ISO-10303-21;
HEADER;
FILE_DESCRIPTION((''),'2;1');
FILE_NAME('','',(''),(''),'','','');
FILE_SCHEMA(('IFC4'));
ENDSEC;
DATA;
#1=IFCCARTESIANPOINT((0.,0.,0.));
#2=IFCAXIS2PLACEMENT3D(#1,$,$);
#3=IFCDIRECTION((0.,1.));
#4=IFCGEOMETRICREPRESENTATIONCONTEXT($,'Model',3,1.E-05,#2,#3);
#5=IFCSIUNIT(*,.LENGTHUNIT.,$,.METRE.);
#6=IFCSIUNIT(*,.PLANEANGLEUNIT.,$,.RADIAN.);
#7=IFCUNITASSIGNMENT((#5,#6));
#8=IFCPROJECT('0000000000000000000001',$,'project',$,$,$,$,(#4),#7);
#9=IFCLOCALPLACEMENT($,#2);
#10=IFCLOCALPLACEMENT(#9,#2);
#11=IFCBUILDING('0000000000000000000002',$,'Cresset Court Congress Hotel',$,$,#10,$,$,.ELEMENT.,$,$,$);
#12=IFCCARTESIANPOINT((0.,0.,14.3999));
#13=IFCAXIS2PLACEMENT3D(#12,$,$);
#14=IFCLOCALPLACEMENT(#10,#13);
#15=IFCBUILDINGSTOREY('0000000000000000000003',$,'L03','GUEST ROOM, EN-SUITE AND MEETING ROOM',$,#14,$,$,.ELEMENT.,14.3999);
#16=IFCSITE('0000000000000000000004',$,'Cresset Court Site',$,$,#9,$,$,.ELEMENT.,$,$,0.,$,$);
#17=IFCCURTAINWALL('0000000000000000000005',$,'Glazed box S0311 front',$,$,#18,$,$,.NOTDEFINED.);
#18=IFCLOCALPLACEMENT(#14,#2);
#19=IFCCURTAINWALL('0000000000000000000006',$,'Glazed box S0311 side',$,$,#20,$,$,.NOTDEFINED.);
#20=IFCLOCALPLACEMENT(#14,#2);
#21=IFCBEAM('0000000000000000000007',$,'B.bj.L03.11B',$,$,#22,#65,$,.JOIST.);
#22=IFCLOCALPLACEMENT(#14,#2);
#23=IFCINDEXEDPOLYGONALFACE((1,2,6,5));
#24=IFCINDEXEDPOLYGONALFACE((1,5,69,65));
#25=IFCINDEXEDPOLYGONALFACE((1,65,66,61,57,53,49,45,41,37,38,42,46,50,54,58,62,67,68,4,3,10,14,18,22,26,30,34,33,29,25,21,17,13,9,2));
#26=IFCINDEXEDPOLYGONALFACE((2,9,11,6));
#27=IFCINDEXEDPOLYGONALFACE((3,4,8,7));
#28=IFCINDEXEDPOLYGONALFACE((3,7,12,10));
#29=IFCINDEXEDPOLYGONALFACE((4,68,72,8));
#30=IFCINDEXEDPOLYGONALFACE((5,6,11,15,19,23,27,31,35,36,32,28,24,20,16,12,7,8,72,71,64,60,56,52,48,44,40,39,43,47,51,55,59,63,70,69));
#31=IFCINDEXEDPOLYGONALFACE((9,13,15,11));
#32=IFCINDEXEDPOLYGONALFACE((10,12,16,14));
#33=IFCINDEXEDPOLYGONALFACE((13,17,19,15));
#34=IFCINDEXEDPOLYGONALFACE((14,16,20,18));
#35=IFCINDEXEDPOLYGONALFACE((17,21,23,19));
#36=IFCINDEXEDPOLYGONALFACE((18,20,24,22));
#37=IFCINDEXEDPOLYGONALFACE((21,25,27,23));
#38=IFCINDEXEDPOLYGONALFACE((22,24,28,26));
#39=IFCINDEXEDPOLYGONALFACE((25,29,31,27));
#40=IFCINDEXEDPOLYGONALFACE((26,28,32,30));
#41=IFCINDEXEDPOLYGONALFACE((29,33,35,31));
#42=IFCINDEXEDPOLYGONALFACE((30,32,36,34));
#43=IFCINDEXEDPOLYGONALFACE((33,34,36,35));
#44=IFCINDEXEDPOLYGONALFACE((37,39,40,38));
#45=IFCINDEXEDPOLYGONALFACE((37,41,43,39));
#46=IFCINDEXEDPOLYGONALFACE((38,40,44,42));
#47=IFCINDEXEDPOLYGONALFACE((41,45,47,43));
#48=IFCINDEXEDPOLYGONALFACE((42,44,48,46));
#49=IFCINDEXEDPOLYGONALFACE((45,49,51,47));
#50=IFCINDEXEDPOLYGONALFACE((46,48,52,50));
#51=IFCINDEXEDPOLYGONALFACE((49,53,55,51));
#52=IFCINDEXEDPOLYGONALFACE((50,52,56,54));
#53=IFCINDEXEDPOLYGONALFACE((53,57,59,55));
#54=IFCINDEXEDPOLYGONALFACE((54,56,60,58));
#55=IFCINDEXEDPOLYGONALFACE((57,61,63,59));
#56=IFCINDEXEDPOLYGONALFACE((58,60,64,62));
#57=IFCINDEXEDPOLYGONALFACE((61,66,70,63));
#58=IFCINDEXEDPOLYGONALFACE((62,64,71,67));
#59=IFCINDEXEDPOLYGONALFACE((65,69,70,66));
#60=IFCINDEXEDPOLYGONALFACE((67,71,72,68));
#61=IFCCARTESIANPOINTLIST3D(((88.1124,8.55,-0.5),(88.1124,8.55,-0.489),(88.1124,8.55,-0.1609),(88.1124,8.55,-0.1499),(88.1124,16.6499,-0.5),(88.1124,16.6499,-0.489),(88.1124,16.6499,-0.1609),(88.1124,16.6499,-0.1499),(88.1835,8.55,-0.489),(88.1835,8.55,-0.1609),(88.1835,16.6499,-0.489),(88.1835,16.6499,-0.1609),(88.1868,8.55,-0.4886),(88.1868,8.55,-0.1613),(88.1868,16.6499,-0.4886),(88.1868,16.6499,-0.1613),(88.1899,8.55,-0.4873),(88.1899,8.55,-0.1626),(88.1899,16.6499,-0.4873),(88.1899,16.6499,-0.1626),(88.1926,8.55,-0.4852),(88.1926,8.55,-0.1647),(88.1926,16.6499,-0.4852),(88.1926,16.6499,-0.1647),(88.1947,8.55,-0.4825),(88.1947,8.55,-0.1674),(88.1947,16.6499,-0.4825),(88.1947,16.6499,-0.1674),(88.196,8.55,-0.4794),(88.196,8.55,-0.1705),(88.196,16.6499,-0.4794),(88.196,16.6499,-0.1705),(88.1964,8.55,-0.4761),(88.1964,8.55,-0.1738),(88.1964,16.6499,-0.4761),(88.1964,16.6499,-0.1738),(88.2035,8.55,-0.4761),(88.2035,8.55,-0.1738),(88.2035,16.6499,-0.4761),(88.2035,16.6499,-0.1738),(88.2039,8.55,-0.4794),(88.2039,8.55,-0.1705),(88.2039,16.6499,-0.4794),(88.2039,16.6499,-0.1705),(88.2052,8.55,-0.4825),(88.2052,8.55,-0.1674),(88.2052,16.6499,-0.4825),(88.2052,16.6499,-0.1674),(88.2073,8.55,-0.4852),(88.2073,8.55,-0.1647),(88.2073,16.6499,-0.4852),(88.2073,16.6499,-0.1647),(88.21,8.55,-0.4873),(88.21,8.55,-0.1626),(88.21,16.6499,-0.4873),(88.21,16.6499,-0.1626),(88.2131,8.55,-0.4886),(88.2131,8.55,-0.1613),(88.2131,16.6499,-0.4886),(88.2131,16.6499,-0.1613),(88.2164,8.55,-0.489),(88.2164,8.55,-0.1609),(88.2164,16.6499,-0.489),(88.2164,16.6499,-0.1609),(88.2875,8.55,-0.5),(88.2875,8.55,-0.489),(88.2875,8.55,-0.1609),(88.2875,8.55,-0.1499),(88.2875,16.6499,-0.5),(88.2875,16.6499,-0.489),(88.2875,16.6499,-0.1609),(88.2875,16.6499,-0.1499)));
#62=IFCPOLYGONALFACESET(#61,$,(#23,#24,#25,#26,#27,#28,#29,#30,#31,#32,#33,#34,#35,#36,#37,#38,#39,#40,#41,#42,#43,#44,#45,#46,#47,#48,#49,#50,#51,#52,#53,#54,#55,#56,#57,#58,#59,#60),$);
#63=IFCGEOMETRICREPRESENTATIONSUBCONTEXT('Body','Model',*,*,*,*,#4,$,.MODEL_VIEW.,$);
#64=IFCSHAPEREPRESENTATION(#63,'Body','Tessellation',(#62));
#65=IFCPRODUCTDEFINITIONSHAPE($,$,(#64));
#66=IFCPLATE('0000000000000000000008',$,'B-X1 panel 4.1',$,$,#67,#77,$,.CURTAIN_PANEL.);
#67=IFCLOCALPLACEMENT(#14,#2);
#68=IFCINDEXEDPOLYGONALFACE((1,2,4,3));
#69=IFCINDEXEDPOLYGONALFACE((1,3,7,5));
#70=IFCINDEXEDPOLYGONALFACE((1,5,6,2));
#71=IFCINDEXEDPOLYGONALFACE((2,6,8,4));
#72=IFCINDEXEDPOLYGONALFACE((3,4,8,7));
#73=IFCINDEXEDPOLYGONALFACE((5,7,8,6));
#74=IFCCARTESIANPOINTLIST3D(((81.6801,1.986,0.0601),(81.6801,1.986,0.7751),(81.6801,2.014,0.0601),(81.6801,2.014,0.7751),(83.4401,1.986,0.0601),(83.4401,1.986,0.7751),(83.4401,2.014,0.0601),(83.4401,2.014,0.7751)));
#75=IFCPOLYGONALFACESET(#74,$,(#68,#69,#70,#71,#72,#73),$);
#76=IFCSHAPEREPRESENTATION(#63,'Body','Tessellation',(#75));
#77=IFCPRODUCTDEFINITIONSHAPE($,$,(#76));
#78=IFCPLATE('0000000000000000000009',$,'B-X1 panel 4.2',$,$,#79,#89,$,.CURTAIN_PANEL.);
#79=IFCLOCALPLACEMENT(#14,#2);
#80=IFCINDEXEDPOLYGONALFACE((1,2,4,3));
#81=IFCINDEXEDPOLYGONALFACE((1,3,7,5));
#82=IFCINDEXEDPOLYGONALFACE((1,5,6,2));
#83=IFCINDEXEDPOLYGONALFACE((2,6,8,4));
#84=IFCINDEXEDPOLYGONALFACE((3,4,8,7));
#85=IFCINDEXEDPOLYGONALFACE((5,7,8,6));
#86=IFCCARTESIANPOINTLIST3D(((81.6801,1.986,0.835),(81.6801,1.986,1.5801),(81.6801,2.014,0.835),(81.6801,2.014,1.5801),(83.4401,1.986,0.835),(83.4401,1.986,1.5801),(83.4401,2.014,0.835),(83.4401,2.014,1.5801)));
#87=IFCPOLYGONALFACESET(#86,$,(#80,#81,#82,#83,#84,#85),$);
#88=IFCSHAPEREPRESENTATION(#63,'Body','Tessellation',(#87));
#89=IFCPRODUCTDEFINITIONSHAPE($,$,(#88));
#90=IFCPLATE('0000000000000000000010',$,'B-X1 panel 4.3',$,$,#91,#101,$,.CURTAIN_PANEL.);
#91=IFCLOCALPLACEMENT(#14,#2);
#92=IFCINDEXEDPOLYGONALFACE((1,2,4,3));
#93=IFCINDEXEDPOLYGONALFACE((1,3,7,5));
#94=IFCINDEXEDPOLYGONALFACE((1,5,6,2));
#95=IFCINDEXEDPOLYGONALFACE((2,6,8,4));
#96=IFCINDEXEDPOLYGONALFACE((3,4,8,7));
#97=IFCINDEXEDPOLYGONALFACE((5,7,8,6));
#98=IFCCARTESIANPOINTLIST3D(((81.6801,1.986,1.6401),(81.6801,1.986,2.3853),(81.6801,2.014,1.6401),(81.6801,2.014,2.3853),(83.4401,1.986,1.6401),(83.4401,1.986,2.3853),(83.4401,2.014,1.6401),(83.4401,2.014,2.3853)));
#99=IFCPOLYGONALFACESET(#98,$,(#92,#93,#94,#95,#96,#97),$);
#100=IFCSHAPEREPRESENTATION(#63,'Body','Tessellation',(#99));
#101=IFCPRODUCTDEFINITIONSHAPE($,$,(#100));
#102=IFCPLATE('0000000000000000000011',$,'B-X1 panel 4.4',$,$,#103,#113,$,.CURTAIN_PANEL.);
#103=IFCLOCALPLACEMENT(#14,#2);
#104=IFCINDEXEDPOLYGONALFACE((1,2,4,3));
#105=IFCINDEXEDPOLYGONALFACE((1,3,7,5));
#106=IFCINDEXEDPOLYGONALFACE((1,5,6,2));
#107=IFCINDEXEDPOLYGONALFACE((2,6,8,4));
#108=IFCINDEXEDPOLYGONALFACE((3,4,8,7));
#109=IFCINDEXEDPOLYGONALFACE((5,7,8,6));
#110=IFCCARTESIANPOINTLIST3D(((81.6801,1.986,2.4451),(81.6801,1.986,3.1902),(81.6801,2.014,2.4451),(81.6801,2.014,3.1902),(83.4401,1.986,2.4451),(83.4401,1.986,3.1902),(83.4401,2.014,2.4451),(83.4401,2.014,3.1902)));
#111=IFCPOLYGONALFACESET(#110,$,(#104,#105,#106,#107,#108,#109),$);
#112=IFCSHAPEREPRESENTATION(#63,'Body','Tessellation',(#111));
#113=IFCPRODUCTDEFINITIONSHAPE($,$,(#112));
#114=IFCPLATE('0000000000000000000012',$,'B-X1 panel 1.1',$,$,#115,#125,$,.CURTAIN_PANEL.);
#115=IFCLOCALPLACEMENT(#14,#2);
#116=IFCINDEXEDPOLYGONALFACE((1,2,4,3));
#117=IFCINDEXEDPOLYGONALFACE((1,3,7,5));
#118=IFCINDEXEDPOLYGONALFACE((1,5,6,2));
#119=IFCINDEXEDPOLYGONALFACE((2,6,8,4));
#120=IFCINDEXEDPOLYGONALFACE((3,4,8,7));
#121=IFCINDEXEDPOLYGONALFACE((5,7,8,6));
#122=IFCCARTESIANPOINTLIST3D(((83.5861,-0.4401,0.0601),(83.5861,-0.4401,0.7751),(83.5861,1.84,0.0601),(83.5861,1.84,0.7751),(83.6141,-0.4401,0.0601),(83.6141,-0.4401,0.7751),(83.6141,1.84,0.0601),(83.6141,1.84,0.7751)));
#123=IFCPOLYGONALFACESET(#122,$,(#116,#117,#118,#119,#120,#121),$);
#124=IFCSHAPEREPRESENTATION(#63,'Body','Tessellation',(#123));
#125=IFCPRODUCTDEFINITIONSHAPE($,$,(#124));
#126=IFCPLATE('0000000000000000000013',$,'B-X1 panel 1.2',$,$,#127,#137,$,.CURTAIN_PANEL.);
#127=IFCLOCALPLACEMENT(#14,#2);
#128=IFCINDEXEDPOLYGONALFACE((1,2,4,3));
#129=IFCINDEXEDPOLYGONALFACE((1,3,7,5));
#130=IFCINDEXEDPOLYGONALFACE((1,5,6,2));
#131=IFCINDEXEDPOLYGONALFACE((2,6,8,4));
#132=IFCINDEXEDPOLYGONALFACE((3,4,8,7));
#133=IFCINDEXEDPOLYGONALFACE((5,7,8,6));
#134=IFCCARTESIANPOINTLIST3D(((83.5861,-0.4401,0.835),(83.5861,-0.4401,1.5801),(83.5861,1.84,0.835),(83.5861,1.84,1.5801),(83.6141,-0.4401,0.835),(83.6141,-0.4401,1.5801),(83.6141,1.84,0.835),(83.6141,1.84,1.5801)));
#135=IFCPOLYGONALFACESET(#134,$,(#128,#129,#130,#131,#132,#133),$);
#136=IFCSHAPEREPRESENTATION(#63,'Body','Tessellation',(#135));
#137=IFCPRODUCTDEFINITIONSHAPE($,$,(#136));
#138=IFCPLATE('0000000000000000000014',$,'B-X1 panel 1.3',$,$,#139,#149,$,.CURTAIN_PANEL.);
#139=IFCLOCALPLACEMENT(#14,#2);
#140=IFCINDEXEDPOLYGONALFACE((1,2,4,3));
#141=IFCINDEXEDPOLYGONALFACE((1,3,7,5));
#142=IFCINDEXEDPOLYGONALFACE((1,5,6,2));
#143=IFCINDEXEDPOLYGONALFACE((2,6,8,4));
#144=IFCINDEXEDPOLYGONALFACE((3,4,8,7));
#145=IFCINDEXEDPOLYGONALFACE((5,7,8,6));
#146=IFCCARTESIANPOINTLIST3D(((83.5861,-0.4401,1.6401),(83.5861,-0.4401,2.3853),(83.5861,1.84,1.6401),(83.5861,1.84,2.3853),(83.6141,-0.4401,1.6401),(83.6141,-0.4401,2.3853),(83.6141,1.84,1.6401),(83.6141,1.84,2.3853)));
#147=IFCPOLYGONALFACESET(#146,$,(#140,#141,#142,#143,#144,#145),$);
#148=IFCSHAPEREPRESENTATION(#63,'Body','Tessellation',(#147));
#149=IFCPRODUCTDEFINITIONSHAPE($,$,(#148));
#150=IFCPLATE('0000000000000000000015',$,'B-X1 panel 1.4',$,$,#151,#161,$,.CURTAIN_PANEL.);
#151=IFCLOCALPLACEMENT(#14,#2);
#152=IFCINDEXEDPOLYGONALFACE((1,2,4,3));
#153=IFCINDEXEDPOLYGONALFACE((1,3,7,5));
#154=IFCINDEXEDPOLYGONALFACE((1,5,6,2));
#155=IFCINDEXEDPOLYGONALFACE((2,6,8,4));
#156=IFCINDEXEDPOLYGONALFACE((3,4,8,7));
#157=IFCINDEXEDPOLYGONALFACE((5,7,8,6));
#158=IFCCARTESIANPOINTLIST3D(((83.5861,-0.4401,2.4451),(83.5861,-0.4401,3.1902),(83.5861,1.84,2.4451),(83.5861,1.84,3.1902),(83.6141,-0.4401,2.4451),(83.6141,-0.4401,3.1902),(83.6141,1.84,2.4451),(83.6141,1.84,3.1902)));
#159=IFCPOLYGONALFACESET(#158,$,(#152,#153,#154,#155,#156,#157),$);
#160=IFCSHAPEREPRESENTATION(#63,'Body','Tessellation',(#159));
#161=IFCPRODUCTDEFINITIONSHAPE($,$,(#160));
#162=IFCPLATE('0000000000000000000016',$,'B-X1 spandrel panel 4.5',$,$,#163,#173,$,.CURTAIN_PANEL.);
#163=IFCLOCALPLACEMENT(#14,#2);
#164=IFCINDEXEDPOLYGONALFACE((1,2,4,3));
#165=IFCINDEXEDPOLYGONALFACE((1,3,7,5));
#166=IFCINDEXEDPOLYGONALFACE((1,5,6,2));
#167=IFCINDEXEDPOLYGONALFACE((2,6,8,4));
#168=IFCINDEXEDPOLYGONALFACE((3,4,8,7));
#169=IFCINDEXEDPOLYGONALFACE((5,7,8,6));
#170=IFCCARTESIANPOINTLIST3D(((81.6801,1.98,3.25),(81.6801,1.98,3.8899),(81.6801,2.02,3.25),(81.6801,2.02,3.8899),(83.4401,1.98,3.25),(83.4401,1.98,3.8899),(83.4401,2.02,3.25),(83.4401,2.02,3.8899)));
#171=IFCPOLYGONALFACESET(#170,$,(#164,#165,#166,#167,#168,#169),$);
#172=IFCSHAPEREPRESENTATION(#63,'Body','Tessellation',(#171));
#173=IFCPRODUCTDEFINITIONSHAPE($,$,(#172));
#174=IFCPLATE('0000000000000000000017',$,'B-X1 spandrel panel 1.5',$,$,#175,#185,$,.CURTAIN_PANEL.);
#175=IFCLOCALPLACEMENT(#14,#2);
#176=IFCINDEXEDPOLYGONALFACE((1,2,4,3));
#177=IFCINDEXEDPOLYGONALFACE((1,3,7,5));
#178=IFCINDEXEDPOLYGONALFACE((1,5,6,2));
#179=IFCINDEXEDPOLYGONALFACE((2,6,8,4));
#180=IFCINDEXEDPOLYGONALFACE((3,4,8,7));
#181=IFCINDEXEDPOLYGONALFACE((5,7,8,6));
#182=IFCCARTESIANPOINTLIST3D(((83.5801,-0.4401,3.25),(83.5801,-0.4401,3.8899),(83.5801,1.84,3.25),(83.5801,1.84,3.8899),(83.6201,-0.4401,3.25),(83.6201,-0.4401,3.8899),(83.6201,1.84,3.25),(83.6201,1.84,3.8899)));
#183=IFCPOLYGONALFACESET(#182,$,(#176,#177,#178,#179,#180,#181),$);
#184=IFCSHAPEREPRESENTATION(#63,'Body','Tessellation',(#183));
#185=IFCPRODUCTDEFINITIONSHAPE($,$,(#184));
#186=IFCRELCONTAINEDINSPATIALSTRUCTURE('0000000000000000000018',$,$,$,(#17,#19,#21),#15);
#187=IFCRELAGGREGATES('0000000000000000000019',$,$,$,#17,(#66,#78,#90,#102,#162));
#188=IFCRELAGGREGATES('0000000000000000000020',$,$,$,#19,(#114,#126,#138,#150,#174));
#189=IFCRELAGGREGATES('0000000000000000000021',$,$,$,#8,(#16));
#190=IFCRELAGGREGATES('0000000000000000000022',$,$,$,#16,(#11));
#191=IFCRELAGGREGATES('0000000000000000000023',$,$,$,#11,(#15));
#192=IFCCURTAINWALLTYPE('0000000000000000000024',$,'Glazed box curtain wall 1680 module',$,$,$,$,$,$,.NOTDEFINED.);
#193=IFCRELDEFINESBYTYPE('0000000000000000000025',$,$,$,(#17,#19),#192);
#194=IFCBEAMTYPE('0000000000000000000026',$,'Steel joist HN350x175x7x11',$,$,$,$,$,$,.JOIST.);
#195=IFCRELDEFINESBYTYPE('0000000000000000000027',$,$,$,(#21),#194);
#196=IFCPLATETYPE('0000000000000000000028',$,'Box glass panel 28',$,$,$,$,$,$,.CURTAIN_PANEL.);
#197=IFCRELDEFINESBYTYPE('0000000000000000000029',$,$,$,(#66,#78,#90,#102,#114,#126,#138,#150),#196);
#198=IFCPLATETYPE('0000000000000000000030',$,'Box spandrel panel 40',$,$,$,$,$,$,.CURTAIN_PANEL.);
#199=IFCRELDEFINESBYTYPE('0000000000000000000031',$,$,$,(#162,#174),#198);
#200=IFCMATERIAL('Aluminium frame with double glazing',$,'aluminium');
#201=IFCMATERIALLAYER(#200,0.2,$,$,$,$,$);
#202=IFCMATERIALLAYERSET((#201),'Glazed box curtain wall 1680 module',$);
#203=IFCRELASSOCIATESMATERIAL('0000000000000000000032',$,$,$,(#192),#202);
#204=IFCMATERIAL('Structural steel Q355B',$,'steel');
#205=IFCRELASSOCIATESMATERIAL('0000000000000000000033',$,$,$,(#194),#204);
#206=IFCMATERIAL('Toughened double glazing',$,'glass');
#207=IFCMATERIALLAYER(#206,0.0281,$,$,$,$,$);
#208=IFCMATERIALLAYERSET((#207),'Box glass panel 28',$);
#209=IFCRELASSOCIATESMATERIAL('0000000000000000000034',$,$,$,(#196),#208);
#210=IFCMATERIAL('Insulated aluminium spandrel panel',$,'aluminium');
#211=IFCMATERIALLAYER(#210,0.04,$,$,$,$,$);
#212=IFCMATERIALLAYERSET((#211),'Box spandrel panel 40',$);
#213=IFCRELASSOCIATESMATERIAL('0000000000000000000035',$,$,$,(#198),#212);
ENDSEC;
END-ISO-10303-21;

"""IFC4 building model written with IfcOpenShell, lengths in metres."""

from ifc_helpers import new_model, si_unit, direction, frame, origin, origin_2d, place, context, subcontext, project, spatial, rectangle, i_section, extrude, material, layer, layer_set, material_profile, profile_set, type_object, element, aggregate, save


model = new_model("IFC4")

# Units and contexts
model_context = context("Model", 3, precision=1e-05, world=origin(), true_north=direction((0.0, 1.0)))
body_context = subcontext(model_context, "Body", "Model", "MODEL_VIEW")
ifc_project = project(units=[si_unit("LENGTHUNIT", "METRE"), si_unit("PLANEANGLEUNIT", "RADIAN")], contexts=[model_context])

# Site, building, storey
site_placement = place(None, origin())
site = spatial("IfcSite", under=ifc_project, at=site_placement, Name="Cresset Court Site", CompositionType="ELEMENT", RefElevation=0.0)
building_placement = place(site_placement, origin())
building = spatial("IfcBuilding", under=site, at=building_placement, Name="Cresset Court Congress Hotel", CompositionType="ELEMENT")
storey_placement = place(building_placement, frame((0.0, 0.0, 14.3999)))
storey = spatial("IfcBuildingStorey", under=building, at=storey_placement, Name="L03", Description="GUEST ROOM, EN-SUITE AND MEETING ROOM", CompositionType="ELEMENT", Elevation=14.3999)

# Curtain walls
ifc_material_1 = material(Name="Aluminium frame with double glazing", Category="aluminium")
ifc_layer_1 = layer(ifc_material_1, 0.2)
ifc_layer_set_1 = layer_set([ifc_layer_1], Name="Glazed box curtain wall 1680 module")
curtain_wall_type = type_object("IfcCurtainWallType", Name="Glazed box curtain wall 1680 module", PredefinedType="NOTDEFINED", material=ifc_layer_set_1)
curtain_wall_1_placement = place(storey_placement, origin())
curtain_wall_1 = element("IfcCurtainWall", 1, at=curtain_wall_1_placement, inside=storey, type_object=curtain_wall_type, Name="Glazed box S0311 front", PredefinedType="NOTDEFINED")
curtain_wall_2_placement = place(storey_placement, origin())
curtain_wall_2 = element("IfcCurtainWall", 2, at=curtain_wall_2_placement, inside=storey, type_object=curtain_wall_type, Name="Glazed box S0311 side", PredefinedType="NOTDEFINED")

# Beam
ifc_material_2 = material(Name="Structural steel Q355B", Category="steel")
ifc_material_profile_1 = material_profile(ifc_material_2, i_section(OverallWidth=0.175, OverallDepth=0.3501, WebThickness=0.0071, FlangeThickness=0.011, FilletRadius=0.0129, at=origin_2d()), Name="HN350x175x7x11")
ifc_profile_set_1 = profile_set([ifc_material_profile_1], Name="Structural steel Q355B")
beam_type_1 = type_object("IfcBeamType", Name="Steel joist HN350x175x7x11", PredefinedType="JOIST", material=ifc_profile_set_1)
beam_1_placement = place(storey_placement, frame((88.2, 8.55, -0.325), z_axis=(0.0, 1.0, 0.0), x_axis=(-1.0, 0.0, 0.0)))
element("IfcBeam", 3, at=beam_1_placement, inside=storey, type_object=beam_type_1, Name="B.bj.L03.11B", PredefinedType="JOIST", context=body_context, shape_type="SweptSolid", body=[
    extrude(i_section(OverallWidth=0.175, OverallDepth=0.3501, WebThickness=0.0071, FlangeThickness=0.011, FilletRadius=0.0129, at=origin_2d()), origin(), (0.0, 0.0, 1.0), 8.0999),
])

# Plates
ifc_material_3 = material(Name="Toughened double glazing", Category="glass")
ifc_layer_2 = layer(ifc_material_3, 0.0281)
ifc_layer_set_2 = layer_set([ifc_layer_2], Name="Box glass panel 28")
plate_type_1 = type_object("IfcPlateType", Name="Box glass panel 28", PredefinedType="CURTAIN_PANEL", material=ifc_layer_set_2)
plate_1_placement = place(storey_placement, frame((82.5601, 2.0, 0.0601), z_axis=(0.0, 0.0, 1.0), x_axis=(1.0, 0.0, 0.0)))
plate_1 = element("IfcPlate", 4, at=plate_1_placement, type_object=plate_type_1, Name="B-X1 panel 4.1", PredefinedType="CURTAIN_PANEL", context=body_context, shape_type="SweptSolid", body=[
    extrude(rectangle(XDim=1.76, YDim=0.0281, at=origin_2d()), origin(), (0.0, 0.0, 1.0), 0.7151),
])
plate_2_placement = place(storey_placement, frame((82.5601, 2.0, 0.835), z_axis=(0.0, 0.0, 1.0), x_axis=(1.0, 0.0, 0.0)))
plate_2 = element("IfcPlate", 5, at=plate_2_placement, type_object=plate_type_1, Name="B-X1 panel 4.2", PredefinedType="CURTAIN_PANEL", context=body_context, shape_type="SweptSolid", body=[
    extrude(rectangle(XDim=1.76, YDim=0.0281, at=origin_2d()), origin(), (0.0, 0.0, 1.0), 0.7451),
])
plate_3_placement = place(storey_placement, frame((82.5601, 2.0, 1.6401), z_axis=(0.0, 0.0, 1.0), x_axis=(1.0, 0.0, 0.0)))
plate_3 = element("IfcPlate", 6, at=plate_3_placement, type_object=plate_type_1, Name="B-X1 panel 4.3", PredefinedType="CURTAIN_PANEL", context=body_context, shape_type="SweptSolid", body=[
    extrude(rectangle(XDim=1.76, YDim=0.0281, at=origin_2d()), origin(), (0.0, 0.0, 1.0), 0.7451),
])
plate_4_placement = place(storey_placement, frame((82.5601, 2.0, 2.4451), z_axis=(0.0, 0.0, 1.0), x_axis=(1.0, 0.0, 0.0)))
plate_4 = element("IfcPlate", 7, at=plate_4_placement, type_object=plate_type_1, Name="B-X1 panel 4.4", PredefinedType="CURTAIN_PANEL", context=body_context, shape_type="SweptSolid", body=[
    extrude(rectangle(XDim=1.76, YDim=0.0281, at=origin_2d()), origin(), (0.0, 0.0, 1.0), 0.7451),
])
plate_5_placement = place(storey_placement, frame((83.6001, 0.7, 0.0601), z_axis=(0.0, 0.0, 1.0), x_axis=(0.0, 1.0, 0.0)))
plate_5 = element("IfcPlate", 8, at=plate_5_placement, type_object=plate_type_1, Name="B-X1 panel 1.1", PredefinedType="CURTAIN_PANEL", context=body_context, shape_type="SweptSolid", body=[
    extrude(rectangle(XDim=2.28, YDim=0.0281, at=origin_2d()), origin(), (0.0, 0.0, 1.0), 0.7151),
])
plate_6_placement = place(storey_placement, frame((83.6001, 0.7, 0.835), z_axis=(0.0, 0.0, 1.0), x_axis=(0.0, 1.0, 0.0)))
plate_6 = element("IfcPlate", 9, at=plate_6_placement, type_object=plate_type_1, Name="B-X1 panel 1.2", PredefinedType="CURTAIN_PANEL", context=body_context, shape_type="SweptSolid", body=[
    extrude(rectangle(XDim=2.28, YDim=0.0281, at=origin_2d()), origin(), (0.0, 0.0, 1.0), 0.7451),
])
plate_7_placement = place(storey_placement, frame((83.6001, 0.7, 1.6401), z_axis=(0.0, 0.0, 1.0), x_axis=(0.0, 1.0, 0.0)))
plate_7 = element("IfcPlate", 10, at=plate_7_placement, type_object=plate_type_1, Name="B-X1 panel 1.3", PredefinedType="CURTAIN_PANEL", context=body_context, shape_type="SweptSolid", body=[
    extrude(rectangle(XDim=2.28, YDim=0.0281, at=origin_2d()), origin(), (0.0, 0.0, 1.0), 0.7451),
])
plate_8_placement = place(storey_placement, frame((83.6001, 0.7, 2.4451), z_axis=(0.0, 0.0, 1.0), x_axis=(0.0, 1.0, 0.0)))
plate_8 = element("IfcPlate", 11, at=plate_8_placement, type_object=plate_type_1, Name="B-X1 panel 1.4", PredefinedType="CURTAIN_PANEL", context=body_context, shape_type="SweptSolid", body=[
    extrude(rectangle(XDim=2.28, YDim=0.0281, at=origin_2d()), origin(), (0.0, 0.0, 1.0), 0.7451),
])
ifc_material_4 = material(Name="Insulated aluminium spandrel panel", Category="aluminium")
ifc_layer_3 = layer(ifc_material_4, 0.04)
ifc_layer_set_3 = layer_set([ifc_layer_3], Name="Box spandrel panel 40")
plate_type_2 = type_object("IfcPlateType", Name="Box spandrel panel 40", PredefinedType="CURTAIN_PANEL", material=ifc_layer_set_3)
plate_9_placement = place(storey_placement, frame((82.5601, 2.0, 3.25), z_axis=(0.0, 0.0, 1.0), x_axis=(1.0, 0.0, 0.0)))
plate_9 = element("IfcPlate", 12, at=plate_9_placement, type_object=plate_type_2, Name="B-X1 spandrel panel 4.5", PredefinedType="CURTAIN_PANEL", context=body_context, shape_type="SweptSolid", body=[
    extrude(rectangle(XDim=1.76, YDim=0.04, at=origin_2d()), origin(), (0.0, 0.0, 1.0), 0.6399),
])
aggregate(curtain_wall_1, [plate_1, plate_2, plate_3, plate_4, plate_9])
plate_10_placement = place(storey_placement, frame((83.6001, 0.7, 3.25), z_axis=(0.0, 0.0, 1.0), x_axis=(0.0, 1.0, 0.0)))
plate_10 = element("IfcPlate", 13, at=plate_10_placement, type_object=plate_type_2, Name="B-X1 spandrel panel 1.5", PredefinedType="CURTAIN_PANEL", context=body_context, shape_type="SweptSolid", body=[
    extrude(rectangle(XDim=2.28, YDim=0.04, at=origin_2d()), origin(), (0.0, 0.0, 1.0), 0.6399),
])
aggregate(curtain_wall_2, [plate_5, plate_6, plate_7, plate_8, plate_10])

save(model, "model.ifc")
